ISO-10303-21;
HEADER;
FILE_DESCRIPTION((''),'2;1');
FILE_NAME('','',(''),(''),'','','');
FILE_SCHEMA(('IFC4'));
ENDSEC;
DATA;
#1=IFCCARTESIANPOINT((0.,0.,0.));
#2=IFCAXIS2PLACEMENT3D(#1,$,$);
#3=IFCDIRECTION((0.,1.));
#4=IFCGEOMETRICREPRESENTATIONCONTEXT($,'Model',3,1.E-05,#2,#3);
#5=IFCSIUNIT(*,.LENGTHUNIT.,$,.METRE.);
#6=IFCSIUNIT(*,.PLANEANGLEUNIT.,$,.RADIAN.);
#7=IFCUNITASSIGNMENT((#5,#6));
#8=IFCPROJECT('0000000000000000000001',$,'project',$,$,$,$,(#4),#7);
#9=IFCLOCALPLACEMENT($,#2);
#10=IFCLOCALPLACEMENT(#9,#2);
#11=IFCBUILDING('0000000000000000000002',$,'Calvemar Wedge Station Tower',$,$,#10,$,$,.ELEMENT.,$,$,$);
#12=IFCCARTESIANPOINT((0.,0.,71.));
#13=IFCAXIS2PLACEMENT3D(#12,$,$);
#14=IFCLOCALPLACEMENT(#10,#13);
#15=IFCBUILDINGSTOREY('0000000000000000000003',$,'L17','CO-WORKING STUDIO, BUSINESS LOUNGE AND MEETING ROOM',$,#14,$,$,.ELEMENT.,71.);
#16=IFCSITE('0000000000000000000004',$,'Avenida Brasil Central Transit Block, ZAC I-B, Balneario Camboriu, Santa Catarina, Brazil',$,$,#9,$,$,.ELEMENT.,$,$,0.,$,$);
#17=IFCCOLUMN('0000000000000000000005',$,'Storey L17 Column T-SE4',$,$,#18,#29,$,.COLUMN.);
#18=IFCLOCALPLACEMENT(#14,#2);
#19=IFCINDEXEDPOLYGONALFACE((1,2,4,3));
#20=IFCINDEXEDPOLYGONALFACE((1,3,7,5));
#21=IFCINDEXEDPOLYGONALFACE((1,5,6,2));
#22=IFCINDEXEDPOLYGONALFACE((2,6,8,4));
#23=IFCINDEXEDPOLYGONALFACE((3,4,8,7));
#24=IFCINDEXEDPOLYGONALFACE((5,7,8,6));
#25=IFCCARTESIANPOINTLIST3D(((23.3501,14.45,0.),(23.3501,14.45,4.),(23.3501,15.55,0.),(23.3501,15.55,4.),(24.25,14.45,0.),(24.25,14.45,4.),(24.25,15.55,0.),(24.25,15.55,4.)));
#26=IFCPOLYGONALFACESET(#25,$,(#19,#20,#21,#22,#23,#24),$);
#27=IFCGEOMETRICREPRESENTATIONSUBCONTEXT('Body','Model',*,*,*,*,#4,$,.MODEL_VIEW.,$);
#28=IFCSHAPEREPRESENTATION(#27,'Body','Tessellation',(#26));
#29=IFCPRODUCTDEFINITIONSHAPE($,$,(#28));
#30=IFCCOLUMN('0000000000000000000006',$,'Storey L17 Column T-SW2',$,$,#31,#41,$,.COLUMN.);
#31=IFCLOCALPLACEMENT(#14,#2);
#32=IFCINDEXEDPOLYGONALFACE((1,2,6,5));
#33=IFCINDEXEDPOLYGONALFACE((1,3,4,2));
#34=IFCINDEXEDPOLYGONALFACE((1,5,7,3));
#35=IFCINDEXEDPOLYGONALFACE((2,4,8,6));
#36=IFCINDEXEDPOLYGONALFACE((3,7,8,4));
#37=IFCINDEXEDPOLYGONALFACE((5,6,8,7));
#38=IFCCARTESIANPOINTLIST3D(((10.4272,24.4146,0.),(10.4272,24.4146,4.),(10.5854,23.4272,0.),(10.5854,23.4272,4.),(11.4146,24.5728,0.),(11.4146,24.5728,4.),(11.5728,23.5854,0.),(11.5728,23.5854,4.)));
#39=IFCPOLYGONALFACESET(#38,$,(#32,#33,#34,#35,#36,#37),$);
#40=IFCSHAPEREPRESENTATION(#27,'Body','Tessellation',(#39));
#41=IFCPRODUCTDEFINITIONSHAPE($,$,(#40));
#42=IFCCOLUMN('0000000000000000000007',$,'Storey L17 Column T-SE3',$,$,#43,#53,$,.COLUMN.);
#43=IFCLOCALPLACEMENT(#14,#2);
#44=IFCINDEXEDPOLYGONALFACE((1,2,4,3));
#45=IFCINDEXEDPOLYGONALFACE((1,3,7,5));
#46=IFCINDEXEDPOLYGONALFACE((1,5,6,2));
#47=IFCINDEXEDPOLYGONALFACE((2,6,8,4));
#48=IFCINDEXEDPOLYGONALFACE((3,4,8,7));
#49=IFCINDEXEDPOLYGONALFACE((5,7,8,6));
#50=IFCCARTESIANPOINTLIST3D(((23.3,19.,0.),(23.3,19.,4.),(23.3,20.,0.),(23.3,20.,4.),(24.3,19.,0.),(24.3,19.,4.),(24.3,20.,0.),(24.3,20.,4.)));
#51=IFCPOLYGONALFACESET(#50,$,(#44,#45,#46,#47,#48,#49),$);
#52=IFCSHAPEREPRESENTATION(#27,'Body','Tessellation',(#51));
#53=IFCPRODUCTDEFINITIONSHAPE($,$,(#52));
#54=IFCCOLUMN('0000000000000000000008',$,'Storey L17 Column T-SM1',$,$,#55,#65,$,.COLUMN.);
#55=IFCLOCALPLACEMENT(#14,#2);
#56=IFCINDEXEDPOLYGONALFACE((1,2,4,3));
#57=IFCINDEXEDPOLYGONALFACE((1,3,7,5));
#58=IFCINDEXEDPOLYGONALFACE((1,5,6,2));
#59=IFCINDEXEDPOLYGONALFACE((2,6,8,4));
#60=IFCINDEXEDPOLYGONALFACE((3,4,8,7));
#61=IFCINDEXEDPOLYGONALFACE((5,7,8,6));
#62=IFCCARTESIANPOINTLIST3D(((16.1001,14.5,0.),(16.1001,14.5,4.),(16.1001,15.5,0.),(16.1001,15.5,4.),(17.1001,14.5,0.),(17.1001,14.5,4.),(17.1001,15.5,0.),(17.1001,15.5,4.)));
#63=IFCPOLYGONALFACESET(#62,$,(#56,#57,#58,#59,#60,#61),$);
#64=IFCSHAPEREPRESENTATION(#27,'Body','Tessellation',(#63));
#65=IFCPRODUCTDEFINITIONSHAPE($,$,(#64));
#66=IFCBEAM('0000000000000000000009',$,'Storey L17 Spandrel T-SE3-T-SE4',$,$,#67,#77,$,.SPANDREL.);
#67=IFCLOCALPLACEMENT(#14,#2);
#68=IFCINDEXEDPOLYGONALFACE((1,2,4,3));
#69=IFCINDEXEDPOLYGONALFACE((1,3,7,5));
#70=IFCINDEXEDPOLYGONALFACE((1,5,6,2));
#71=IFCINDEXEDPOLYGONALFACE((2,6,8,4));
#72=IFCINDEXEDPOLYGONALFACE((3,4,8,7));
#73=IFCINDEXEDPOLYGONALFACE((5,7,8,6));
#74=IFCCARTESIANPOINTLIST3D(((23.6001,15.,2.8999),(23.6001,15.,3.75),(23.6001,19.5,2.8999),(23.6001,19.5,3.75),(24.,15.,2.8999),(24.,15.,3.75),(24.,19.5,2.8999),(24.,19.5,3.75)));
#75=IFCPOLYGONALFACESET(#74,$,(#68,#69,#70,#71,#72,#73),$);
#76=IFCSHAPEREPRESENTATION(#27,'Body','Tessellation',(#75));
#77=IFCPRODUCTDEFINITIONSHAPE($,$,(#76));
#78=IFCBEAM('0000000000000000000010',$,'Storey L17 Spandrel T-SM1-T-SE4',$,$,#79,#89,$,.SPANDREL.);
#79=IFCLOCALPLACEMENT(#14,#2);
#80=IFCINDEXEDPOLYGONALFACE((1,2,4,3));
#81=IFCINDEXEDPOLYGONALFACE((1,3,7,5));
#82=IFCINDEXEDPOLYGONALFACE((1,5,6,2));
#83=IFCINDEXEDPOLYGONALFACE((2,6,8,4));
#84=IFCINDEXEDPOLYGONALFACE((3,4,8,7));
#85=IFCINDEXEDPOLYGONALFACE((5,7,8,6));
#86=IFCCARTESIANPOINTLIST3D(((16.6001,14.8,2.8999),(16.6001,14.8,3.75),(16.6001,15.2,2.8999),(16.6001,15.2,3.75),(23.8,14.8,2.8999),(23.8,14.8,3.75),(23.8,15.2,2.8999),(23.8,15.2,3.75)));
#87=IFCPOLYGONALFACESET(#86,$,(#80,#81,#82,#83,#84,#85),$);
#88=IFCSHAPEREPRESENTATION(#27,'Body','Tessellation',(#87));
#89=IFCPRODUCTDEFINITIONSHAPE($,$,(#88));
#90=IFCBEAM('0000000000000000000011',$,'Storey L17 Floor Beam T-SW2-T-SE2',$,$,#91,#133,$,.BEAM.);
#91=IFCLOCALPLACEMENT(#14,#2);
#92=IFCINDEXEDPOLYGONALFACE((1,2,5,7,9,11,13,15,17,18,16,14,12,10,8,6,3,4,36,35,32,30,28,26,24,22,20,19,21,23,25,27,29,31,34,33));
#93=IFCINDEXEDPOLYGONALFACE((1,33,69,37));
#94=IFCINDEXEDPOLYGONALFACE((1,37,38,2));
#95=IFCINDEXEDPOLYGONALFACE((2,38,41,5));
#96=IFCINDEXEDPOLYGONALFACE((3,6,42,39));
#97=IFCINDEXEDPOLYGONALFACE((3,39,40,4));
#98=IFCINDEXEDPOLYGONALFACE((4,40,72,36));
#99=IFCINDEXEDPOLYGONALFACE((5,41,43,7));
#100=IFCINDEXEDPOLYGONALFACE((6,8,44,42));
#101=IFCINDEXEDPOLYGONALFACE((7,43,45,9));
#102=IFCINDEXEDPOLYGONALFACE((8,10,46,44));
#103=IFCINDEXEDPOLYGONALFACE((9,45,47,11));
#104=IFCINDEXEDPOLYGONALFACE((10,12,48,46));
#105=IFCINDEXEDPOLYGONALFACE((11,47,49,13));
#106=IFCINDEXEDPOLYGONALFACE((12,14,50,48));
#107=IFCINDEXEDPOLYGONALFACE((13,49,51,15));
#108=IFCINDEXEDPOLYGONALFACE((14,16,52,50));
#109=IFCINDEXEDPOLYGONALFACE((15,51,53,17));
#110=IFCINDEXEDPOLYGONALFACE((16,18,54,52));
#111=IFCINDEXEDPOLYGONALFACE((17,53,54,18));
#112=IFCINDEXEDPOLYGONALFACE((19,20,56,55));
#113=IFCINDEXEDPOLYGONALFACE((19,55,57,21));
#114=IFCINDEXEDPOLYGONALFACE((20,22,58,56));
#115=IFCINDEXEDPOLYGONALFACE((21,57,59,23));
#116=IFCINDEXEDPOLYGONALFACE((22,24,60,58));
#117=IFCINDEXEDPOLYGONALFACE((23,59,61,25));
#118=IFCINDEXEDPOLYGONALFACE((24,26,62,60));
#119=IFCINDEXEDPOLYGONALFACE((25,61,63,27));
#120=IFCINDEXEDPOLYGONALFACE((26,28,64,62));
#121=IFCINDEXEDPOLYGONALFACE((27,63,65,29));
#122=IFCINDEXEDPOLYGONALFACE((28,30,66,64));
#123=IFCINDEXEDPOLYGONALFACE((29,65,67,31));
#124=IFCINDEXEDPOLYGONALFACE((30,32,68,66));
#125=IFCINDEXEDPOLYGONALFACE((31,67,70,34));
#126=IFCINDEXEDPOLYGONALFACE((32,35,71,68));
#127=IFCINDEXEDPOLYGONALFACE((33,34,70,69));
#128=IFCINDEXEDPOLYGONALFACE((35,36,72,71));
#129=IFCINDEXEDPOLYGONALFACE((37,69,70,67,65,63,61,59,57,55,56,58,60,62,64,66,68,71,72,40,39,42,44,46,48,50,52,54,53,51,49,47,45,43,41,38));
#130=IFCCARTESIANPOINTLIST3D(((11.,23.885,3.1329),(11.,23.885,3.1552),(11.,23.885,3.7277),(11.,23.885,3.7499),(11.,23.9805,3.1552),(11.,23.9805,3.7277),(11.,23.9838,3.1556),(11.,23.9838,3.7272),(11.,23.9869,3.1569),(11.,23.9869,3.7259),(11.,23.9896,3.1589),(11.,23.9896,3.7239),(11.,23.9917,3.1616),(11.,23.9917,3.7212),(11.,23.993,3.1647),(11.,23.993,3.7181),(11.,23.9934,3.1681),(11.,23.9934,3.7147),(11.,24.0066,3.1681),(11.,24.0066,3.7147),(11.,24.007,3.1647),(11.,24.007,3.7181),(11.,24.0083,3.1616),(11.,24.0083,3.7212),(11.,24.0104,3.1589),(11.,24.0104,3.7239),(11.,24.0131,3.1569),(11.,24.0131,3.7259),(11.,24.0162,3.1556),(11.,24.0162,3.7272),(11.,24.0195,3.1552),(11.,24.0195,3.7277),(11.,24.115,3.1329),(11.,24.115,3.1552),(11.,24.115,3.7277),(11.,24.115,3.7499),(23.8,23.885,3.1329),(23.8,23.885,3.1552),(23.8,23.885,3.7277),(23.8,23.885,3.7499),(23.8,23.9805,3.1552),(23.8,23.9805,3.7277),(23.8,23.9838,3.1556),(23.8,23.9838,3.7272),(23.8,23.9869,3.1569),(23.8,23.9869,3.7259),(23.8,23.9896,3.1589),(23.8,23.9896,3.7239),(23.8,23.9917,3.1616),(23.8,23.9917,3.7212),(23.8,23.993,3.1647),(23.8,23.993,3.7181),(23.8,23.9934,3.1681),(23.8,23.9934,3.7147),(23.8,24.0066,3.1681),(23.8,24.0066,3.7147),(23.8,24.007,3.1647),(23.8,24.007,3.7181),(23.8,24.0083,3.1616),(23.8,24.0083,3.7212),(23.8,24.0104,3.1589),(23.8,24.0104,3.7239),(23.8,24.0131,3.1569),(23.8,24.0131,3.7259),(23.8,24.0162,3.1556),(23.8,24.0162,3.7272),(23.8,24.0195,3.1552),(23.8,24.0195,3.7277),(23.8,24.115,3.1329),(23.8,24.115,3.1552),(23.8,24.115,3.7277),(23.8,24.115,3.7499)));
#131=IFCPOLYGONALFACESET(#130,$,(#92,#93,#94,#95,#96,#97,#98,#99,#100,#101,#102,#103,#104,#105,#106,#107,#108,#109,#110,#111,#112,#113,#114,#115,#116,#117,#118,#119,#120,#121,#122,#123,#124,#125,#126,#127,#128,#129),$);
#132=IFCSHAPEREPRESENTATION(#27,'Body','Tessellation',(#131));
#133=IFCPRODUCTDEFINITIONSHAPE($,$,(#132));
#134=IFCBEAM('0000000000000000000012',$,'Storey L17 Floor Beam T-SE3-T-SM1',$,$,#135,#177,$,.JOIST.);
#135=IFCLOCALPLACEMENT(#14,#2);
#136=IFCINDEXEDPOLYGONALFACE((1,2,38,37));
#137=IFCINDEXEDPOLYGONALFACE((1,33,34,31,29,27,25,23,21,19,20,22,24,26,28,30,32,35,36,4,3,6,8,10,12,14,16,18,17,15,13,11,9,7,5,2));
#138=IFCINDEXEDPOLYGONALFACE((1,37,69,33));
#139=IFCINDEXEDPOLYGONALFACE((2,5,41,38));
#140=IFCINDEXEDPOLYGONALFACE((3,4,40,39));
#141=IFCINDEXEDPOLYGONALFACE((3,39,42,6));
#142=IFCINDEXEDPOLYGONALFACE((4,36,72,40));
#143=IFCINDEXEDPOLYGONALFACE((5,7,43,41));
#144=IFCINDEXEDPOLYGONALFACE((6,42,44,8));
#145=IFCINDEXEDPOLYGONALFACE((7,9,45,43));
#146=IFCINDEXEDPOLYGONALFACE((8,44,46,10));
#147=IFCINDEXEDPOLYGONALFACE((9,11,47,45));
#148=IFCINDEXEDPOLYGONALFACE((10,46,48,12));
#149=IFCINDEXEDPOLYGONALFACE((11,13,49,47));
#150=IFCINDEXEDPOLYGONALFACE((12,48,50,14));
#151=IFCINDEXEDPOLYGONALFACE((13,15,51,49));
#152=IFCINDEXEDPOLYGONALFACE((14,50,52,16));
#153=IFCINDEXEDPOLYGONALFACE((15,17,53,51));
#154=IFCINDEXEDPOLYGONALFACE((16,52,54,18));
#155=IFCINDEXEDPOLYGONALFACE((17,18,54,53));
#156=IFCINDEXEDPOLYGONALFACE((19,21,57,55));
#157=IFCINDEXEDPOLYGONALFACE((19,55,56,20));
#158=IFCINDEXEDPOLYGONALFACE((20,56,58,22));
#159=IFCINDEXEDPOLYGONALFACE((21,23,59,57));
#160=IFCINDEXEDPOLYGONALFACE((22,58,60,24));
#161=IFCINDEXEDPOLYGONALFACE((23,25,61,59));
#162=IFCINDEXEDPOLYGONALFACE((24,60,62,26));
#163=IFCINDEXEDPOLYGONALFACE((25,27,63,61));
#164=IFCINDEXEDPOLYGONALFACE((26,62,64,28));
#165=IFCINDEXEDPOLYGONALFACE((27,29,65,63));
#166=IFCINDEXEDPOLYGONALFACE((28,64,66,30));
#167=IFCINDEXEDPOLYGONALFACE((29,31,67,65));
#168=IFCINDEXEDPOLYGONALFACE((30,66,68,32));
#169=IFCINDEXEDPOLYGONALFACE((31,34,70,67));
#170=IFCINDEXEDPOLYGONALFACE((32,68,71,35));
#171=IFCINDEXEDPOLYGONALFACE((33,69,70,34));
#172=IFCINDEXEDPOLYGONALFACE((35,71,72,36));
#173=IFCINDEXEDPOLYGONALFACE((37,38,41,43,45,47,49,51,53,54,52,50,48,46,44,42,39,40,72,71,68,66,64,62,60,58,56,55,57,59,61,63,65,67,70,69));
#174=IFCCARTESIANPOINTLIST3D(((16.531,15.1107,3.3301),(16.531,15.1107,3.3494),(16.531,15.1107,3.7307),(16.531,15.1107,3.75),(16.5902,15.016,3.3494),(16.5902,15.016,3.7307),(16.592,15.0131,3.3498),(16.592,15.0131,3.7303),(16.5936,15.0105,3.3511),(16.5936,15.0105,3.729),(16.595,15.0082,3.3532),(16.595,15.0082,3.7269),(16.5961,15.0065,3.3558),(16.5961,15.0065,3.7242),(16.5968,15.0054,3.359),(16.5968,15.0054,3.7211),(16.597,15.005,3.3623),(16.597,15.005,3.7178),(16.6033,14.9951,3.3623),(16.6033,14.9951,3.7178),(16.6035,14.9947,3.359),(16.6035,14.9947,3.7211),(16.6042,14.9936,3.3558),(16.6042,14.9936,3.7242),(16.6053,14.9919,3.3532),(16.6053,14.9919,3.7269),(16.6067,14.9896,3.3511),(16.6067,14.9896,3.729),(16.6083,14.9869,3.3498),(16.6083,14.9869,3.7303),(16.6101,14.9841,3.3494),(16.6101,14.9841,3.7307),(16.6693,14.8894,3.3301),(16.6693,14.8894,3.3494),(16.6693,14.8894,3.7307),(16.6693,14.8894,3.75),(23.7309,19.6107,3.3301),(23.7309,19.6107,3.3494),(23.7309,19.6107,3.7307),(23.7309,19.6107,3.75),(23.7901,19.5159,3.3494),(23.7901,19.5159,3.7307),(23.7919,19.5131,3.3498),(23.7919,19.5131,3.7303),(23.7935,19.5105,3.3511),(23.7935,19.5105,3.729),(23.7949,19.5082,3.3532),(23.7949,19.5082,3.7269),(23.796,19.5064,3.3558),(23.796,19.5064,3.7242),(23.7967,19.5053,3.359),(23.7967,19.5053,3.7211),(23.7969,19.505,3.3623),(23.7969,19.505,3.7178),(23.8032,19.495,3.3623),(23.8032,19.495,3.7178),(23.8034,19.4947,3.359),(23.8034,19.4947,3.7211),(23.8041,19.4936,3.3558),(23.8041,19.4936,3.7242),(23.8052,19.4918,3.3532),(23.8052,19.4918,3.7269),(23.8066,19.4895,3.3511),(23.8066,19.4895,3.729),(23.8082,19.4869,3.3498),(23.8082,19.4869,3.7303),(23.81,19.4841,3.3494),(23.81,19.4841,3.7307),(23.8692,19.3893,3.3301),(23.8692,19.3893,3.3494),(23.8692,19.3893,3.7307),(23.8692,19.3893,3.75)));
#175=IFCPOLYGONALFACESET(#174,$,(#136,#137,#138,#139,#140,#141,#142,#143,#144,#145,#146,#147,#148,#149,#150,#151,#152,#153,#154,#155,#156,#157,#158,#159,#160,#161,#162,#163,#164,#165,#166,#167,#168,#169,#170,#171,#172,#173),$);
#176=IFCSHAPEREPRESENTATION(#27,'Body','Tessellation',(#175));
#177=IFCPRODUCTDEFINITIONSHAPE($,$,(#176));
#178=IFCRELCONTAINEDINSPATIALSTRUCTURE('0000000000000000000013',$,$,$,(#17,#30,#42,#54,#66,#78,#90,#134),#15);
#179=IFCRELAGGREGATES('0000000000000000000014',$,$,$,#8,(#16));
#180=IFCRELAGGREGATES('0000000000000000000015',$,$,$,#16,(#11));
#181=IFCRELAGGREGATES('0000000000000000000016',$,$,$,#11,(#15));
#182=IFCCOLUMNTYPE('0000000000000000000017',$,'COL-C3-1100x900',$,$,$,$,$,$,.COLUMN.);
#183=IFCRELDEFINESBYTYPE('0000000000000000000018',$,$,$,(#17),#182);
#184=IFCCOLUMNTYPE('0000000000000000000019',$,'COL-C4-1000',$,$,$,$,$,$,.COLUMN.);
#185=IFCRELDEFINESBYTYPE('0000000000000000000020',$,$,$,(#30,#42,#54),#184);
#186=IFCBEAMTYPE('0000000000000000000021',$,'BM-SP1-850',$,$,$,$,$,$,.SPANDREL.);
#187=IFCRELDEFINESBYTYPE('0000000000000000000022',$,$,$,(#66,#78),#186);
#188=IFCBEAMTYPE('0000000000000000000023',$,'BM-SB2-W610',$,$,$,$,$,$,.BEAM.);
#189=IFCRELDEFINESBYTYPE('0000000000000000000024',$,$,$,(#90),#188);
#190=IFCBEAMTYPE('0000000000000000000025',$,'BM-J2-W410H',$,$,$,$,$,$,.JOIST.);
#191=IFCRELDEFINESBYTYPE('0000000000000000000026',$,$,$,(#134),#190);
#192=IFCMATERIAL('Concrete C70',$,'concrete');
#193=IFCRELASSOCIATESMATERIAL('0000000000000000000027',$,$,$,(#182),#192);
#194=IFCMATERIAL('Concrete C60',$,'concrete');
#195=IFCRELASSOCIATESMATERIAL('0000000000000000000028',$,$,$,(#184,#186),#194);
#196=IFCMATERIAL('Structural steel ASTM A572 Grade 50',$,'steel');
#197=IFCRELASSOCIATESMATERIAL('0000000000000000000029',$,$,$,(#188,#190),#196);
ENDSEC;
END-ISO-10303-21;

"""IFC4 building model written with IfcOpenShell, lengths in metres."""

from ifc_helpers import new_model, si_unit, direction, frame, origin, origin_2d, place, context, subcontext, project, spatial, rectangle, i_section, extrude, source, transform, mapped, material, material_profile, profile_set, type_object, element, save


model = new_model("IFC4")

# Units and contexts
model_context = context("Model", 3, precision=1e-05, world=origin(), true_north=direction((0.0, 1.0)))
body_context = subcontext(model_context, "Body", "Model", "MODEL_VIEW")
ifc_project = project(units=[si_unit("LENGTHUNIT", "METRE"), si_unit("PLANEANGLEUNIT", "RADIAN")], contexts=[model_context])

# Site, building, storey
site_placement = place(None, origin())
site = spatial("IfcSite", under=ifc_project, at=site_placement, Name="Avenida Brasil Central Transit Block, ZAC I-B, Balneario Camboriu, Santa Catarina, Brazil", CompositionType="ELEMENT", RefElevation=0.0)
building_placement = place(site_placement, origin())
building = spatial("IfcBuilding", under=site, at=building_placement, Name="Calvemar Wedge Station Tower", CompositionType="ELEMENT")
storey_placement = place(building_placement, frame((0.0, 0.0, 71.0)))
storey = spatial("IfcBuildingStorey", under=building, at=storey_placement, Name="L17", Description="CO-WORKING STUDIO, BUSINESS LOUNGE AND MEETING ROOM", CompositionType="ELEMENT", Elevation=71.0)

# Columns
ifc_material_1 = material(Name="Concrete C70", Category="concrete")
ifc_material_profile_1 = material_profile(ifc_material_1, rectangle(XDim=0.8999, YDim=1.1001, at=origin_2d()), Name="RC1100x900")
ifc_profile_set_1 = profile_set([ifc_material_profile_1], Name="Concrete C70")
column_type_1 = type_object("IfcColumnType", Name="COL-C3-1100x900", PredefinedType="COLUMN", material=ifc_profile_set_1)
shared_shape_1 = source(origin(), body_context, "Body", "SweptSolid", [
    extrude(rectangle(XDim=0.8999, YDim=1.1001, at=origin_2d()), origin(), (0.0, 0.0, 1.0), 4.0),
])
column_placement = place(storey_placement, frame((23.8, 15.0, 0.0), z_axis=(0.0, 0.0, 1.0), x_axis=(1.0, 0.0, 0.0)))
element("IfcColumn", 1, at=column_placement, inside=storey, type_object=column_type_1, Name="Storey L17 Column T-SE4", PredefinedType="COLUMN", context=body_context, shape_type="MappedRepresentation", body=[
    mapped(shared_shape_1, transform((0.0, 0.0, 0.0), scale=1.0)),
])
ifc_material_2 = material(Name="Concrete C60", Category="concrete")
ifc_material_profile_2 = material_profile(ifc_material_2, rectangle(XDim=1.0, YDim=1.0, at=origin_2d()), Name="RC1000x1000")
ifc_profile_set_2 = profile_set([ifc_material_profile_2], Name="Concrete C60")
column_type_2 = type_object("IfcColumnType", Name="COL-C4-1000", PredefinedType="COLUMN", material=ifc_profile_set_2)
shared_shape_2 = source(origin(), body_context, "Body", "SweptSolid", [
    extrude(rectangle(XDim=1.0, YDim=1.0, at=origin_2d()), origin(), (0.0, 0.0, 1.0), 4.0),
])
for number, where, z_axis, x_axis, name in (
    (2, (11.0, 24.0, 0.0), (0.0, 0.0, 1.0), (0.158158, -0.987414, 0.0), "Storey L17 Column T-SW2"),
    (3, (23.8, 19.5, 0.0), (0.0, 0.0, 1.0), (1.0, 0.0, 0.0), "Storey L17 Column T-SE3"),
    (4, (16.6001, 15.0, 0.0), (0.0, 0.0, 1.0), (1.0, 0.0, 0.0), "Storey L17 Column T-SM1"),
):
    element("IfcColumn", number, at=place(storey_placement, frame(where, z_axis=z_axis, x_axis=x_axis)), inside=storey, type_object=column_type_2, Name=name, PredefinedType="COLUMN", context=body_context, shape_type="MappedRepresentation", body=[
        mapped(shared_shape_2, transform((0.0, 0.0, 0.0), scale=1.0)),
    ])

# Beams
ifc_material_profile_3 = material_profile(ifc_material_2, rectangle(XDim=0.3999, YDim=0.8501, at=origin_2d()), Name="RC400x850")
ifc_profile_set_3 = profile_set([ifc_material_profile_3], Name="Concrete C60")
beam_type_1 = type_object("IfcBeamType", Name="BM-SP1-850", PredefinedType="SPANDREL", material=ifc_profile_set_3)
shared_shape_3 = source(origin(), body_context, "Body", "SweptSolid", [
    extrude(rectangle(XDim=0.3999, YDim=0.8501, at=origin_2d()), origin(), (0.0, 0.0, 1.0), 4.5),
])
beam_1_placement = place(storey_placement, frame((23.8, 19.5, 3.325), z_axis=(0.0, -1.0, 0.0), x_axis=(1.0, 0.0, 0.0)))
element("IfcBeam", 5, at=beam_1_placement, inside=storey, type_object=beam_type_1, Name="Storey L17 Spandrel T-SE3-T-SE4", PredefinedType="SPANDREL", context=body_context, shape_type="MappedRepresentation", body=[
    mapped(shared_shape_3, transform((0.0, 0.0, 0.0), scale=1.0)),
])
shared_shape_4 = source(origin(), body_context, "Body", "SweptSolid", [
    extrude(rectangle(XDim=0.3999, YDim=0.8501, at=origin_2d()), origin(), (0.0, 0.0, 1.0), 7.2),
])
beam_2_placement = place(storey_placement, frame((16.6001, 15.0, 3.325), z_axis=(1.0, 0.0, 0.0), x_axis=(0.0, 1.0, 0.0)))
element("IfcBeam", 6, at=beam_2_placement, inside=storey, type_object=beam_type_1, Name="Storey L17 Spandrel T-SM1-T-SE4", PredefinedType="SPANDREL", context=body_context, shape_type="MappedRepresentation", body=[
    mapped(shared_shape_4, transform((0.0, 0.0, 0.0), scale=1.0)),
])
ifc_material_3 = material(Name="Structural steel ASTM A572 Grade 50", Category="steel")
ifc_material_profile_4 = material_profile(ifc_material_3, i_section(OverallWidth=0.23, OverallDepth=0.6169, WebThickness=0.0132, FlangeThickness=0.0222, FilletRadius=0.0129, at=origin_2d()), Name="W610x140")
ifc_profile_set_4 = profile_set([ifc_material_profile_4], Name="Structural steel ASTM A572 Grade 50")
beam_type_2 = type_object("IfcBeamType", Name="BM-SB2-W610", PredefinedType="BEAM", material=ifc_profile_set_4)
shared_shape_5 = source(origin(), body_context, "Body", "SweptSolid", [
    extrude(i_section(OverallWidth=0.23, OverallDepth=0.6169, WebThickness=0.0132, FlangeThickness=0.0222, FilletRadius=0.0129, at=origin_2d()), origin(), (0.0, 0.0, 1.0), 12.8),
])
beam_3_placement = place(storey_placement, frame((11.0, 24.0, 3.4414), z_axis=(1.0, 0.0, 0.0), x_axis=(0.0, 1.0, 0.0)))
element("IfcBeam", 7, at=beam_3_placement, inside=storey, type_object=beam_type_2, Name="Storey L17 Floor Beam T-SW2-T-SE2", PredefinedType="BEAM", context=body_context, shape_type="MappedRepresentation", body=[
    mapped(shared_shape_5, transform((0.0, 0.0, 0.0), scale=1.0)),
])
ifc_material_profile_5 = material_profile(ifc_material_3, i_section(OverallWidth=0.261, OverallDepth=0.4199, WebThickness=0.0117, FlangeThickness=0.0193, FilletRadius=0.0129, at=origin_2d()), Name="W410x114")
ifc_profile_set_5 = profile_set([ifc_material_profile_5], Name="Structural steel ASTM A572 Grade 50")
beam_type_3 = type_object("IfcBeamType", Name="BM-J2-W410H", PredefinedType="JOIST", material=ifc_profile_set_5)
shared_shape_6 = source(origin(), body_context, "Body", "SweptSolid", [
    extrude(i_section(OverallWidth=0.261, OverallDepth=0.4199, WebThickness=0.0117, FlangeThickness=0.0193, FilletRadius=0.0129, at=origin_2d()), origin(), (0.0, 0.0, 1.0), 8.4905),
])
beam_4_placement = place(storey_placement, frame((23.8, 19.5, 3.54), z_axis=(-0.847997, -0.530002, 0.0), x_axis=(0.530002, -0.847997, 0.0)))
element("IfcBeam", 8, at=beam_4_placement, inside=storey, type_object=beam_type_3, Name="Storey L17 Floor Beam T-SE3-T-SM1", PredefinedType="JOIST", context=body_context, shape_type="MappedRepresentation", body=[
    mapped(shared_shape_6, transform((0.0, 0.0, 0.0), scale=1.0)),
])

save(model, "model.ifc")
